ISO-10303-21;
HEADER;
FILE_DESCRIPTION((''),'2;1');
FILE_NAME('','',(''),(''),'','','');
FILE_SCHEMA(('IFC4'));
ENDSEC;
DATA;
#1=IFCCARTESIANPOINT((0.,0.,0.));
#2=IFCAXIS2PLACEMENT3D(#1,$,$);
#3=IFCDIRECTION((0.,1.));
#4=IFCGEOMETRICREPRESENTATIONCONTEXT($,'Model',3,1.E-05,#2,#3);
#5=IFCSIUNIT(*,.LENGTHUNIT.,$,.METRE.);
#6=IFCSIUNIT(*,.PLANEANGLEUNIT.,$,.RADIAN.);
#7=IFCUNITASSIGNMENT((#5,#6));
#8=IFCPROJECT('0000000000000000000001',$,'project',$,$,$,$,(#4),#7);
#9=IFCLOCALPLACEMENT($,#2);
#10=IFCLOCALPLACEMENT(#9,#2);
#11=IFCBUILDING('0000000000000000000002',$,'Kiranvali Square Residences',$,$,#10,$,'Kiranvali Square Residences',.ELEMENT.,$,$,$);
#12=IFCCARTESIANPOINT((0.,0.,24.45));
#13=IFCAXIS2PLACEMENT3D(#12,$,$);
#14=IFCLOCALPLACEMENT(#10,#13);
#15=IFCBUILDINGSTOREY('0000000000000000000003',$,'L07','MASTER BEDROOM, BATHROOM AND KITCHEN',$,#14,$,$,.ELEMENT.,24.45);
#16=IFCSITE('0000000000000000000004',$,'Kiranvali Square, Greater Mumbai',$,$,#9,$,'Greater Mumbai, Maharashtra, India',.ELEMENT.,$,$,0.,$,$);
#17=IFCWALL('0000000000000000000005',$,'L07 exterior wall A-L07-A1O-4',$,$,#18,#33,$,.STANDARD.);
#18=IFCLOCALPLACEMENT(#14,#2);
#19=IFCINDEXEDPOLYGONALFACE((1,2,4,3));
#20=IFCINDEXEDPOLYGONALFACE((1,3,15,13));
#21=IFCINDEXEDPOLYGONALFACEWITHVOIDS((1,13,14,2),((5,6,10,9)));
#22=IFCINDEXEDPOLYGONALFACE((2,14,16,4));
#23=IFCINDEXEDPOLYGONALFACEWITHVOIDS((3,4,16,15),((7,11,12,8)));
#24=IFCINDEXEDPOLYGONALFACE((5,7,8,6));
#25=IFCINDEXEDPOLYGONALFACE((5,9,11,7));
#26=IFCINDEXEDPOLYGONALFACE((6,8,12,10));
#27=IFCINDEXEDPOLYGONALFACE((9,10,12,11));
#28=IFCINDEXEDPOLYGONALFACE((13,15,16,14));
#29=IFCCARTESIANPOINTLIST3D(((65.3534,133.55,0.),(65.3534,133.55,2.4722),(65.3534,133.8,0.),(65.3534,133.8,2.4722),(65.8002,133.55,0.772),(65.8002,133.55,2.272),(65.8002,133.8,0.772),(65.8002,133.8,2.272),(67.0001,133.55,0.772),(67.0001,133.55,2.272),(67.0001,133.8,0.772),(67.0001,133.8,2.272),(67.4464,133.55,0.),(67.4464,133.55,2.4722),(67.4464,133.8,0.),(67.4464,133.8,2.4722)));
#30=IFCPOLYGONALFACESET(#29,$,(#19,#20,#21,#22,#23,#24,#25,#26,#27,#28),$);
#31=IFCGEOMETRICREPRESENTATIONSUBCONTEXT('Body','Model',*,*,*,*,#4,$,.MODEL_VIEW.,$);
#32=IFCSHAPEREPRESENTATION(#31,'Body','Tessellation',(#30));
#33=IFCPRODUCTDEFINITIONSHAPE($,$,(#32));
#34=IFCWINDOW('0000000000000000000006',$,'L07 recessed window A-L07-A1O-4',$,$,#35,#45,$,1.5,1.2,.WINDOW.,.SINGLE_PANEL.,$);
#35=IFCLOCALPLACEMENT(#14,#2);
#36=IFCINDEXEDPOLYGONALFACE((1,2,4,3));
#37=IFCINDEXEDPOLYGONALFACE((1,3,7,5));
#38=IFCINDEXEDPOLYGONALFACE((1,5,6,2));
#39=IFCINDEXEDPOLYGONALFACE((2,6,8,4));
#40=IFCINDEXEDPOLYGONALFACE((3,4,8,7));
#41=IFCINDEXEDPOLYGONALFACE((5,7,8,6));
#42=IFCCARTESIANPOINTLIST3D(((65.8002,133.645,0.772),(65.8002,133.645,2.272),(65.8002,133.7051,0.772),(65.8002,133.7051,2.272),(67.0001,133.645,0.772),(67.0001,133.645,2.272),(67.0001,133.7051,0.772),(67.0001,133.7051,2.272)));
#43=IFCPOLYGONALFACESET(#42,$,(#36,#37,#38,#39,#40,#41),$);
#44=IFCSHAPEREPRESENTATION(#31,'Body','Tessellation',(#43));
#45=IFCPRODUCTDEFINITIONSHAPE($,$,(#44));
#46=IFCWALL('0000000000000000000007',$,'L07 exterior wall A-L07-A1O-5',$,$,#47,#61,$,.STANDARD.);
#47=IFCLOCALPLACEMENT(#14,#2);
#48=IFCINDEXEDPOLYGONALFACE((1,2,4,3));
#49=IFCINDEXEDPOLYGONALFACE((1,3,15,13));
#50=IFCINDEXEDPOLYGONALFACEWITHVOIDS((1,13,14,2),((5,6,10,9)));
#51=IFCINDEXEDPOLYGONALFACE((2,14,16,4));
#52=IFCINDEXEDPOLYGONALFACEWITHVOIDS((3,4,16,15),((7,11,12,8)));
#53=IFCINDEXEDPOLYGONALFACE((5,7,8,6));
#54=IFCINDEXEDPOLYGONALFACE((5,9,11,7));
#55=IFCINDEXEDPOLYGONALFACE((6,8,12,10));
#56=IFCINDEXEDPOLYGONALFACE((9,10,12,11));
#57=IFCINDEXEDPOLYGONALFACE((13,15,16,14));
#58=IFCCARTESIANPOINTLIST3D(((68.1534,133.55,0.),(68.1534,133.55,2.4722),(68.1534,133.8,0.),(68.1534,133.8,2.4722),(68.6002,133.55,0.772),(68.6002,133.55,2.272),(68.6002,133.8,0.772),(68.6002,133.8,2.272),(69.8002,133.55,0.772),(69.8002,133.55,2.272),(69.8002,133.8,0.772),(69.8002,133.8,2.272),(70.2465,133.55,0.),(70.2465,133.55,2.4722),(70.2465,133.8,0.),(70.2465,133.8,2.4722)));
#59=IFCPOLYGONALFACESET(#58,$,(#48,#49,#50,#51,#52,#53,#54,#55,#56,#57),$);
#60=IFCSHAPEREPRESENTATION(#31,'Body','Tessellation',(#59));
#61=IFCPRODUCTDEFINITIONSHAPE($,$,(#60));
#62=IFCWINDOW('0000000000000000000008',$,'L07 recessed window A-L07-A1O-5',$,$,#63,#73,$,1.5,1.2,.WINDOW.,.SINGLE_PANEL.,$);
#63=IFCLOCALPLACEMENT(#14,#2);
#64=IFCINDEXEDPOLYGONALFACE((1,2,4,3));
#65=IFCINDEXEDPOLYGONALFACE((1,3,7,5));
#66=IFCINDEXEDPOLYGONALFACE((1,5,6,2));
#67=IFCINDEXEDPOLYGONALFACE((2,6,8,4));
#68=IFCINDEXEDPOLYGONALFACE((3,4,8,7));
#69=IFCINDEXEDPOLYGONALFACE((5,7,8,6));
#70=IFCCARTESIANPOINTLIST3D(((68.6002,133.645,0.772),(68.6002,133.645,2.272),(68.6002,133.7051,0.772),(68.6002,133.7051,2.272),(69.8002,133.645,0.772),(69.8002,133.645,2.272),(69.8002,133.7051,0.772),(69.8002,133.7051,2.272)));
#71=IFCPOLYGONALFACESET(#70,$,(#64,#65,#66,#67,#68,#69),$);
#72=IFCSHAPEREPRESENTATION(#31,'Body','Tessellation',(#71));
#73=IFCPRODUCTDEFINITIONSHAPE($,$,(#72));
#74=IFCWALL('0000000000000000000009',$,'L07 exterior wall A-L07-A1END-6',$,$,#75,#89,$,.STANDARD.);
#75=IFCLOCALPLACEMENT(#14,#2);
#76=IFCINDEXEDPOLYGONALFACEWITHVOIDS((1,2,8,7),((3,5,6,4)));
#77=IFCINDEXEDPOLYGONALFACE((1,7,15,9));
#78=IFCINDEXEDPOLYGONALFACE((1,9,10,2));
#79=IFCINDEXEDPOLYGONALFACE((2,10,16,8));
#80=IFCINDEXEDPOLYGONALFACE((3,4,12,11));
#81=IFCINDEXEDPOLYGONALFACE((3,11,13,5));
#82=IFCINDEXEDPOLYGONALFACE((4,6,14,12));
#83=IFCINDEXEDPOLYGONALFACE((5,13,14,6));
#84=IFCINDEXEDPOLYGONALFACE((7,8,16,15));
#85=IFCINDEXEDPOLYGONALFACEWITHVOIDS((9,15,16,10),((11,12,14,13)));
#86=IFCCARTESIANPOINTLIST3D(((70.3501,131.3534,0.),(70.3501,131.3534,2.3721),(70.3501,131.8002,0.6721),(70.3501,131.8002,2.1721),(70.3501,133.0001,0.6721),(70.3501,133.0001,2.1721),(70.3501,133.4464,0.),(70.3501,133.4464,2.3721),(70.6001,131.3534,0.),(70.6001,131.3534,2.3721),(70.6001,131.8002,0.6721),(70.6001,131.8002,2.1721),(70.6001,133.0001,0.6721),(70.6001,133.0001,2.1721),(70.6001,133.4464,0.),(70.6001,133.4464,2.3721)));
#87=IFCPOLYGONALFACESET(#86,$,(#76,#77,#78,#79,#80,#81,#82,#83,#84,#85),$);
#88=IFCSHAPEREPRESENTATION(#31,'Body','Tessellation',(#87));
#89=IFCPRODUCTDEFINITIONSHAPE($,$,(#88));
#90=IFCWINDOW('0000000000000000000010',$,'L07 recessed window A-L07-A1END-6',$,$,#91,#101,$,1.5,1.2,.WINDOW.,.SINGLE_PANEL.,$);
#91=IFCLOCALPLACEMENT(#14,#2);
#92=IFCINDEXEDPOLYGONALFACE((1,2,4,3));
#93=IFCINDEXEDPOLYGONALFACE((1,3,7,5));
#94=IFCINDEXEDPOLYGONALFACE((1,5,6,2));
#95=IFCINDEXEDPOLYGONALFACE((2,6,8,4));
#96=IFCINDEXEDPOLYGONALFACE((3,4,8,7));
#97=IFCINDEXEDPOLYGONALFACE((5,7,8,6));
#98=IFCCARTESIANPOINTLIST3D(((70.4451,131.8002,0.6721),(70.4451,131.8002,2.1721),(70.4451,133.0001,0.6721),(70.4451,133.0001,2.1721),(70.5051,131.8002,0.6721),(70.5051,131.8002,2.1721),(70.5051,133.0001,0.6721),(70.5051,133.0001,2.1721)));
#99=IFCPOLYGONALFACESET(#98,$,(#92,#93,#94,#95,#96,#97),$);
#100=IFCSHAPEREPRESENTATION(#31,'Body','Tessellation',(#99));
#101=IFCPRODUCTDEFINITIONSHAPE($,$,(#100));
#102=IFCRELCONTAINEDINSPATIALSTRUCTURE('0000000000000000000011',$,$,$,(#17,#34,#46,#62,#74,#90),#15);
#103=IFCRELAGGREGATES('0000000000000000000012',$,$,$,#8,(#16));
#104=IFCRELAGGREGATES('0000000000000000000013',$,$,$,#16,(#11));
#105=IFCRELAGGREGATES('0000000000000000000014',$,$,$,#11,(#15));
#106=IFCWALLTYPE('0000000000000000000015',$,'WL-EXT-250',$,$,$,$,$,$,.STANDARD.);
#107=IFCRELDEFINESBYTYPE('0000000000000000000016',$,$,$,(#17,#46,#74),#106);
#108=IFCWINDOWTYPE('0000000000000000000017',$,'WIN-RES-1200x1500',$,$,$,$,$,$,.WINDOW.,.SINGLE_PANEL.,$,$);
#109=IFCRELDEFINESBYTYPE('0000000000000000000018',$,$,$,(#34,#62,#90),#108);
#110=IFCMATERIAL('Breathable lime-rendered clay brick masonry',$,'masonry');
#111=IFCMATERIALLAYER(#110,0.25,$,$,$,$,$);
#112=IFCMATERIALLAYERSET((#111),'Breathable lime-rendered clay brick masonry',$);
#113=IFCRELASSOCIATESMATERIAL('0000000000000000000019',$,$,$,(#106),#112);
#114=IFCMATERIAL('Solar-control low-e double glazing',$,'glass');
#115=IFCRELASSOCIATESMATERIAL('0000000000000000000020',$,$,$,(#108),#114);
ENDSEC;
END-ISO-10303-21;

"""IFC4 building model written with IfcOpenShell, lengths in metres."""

from ifc_helpers import new_model, si_unit, direction, frame, frame_2d, origin, place, context, subcontext, project, spatial, rectangle, extrude, material, layer, layer_set, type_object, element, fill, save


model = new_model("IFC4")

# Units and contexts
model_context = context("Model", 3, precision=1e-05, world=origin(), true_north=direction((0.0, 1.0)))
body_context = subcontext(model_context, "Body", "Model", "MODEL_VIEW")
ifc_project = project(units=[si_unit("LENGTHUNIT", "METRE"), si_unit("PLANEANGLEUNIT", "RADIAN")], contexts=[model_context])

# Site, building, storey
site_placement = place(None, origin())
site = spatial("IfcSite", under=ifc_project, at=site_placement, Name="Kiranvali Square, Greater Mumbai", LongName="Greater Mumbai, Maharashtra, India", CompositionType="ELEMENT", RefElevation=0.0)
building_placement = place(site_placement, origin())
building = spatial("IfcBuilding", under=site, at=building_placement, Name="Kiranvali Square Residences", LongName="Kiranvali Square Residences", CompositionType="ELEMENT")
storey_placement = place(building_placement, frame((0.0, 0.0, 24.45)))
storey = spatial("IfcBuildingStorey", under=building, at=storey_placement, Name="L07", Description="MASTER BEDROOM, BATHROOM AND KITCHEN", CompositionType="ELEMENT", Elevation=24.45)

# Walls, openings, windows
ifc_material_1 = material(Name="Breathable lime-rendered clay brick masonry", Category="masonry")
ifc_layer = layer(ifc_material_1, 0.25)
ifc_layer_set = layer_set([ifc_layer], Name="Breathable lime-rendered clay brick masonry")
wall_type = type_object("IfcWallType", Name="WL-EXT-250", PredefinedType="STANDARD", material=ifc_layer_set)
ifc_material_2 = material(Name="Solar-control low-e double glazing", Category="glass")
wall_1_placement = place(storey_placement, frame((65.3535, 133.675, 0.0), z_axis=(0.0, 0.0, 1.0), x_axis=(1.0, 0.0, 0.0)))
wall_1 = element("IfcWall", 1, at=wall_1_placement, inside=storey, type_object=wall_type, Name="L07 exterior wall A-L07-A1O-4", PredefinedType="STANDARD", context=body_context, shape_type="SweptSolid", body=[
    extrude(rectangle(XDim=2.093, YDim=0.25, at=frame_2d((1.0464, 0.0))), origin(), (0.0, 0.0, 1.0), 2.4722),
])
opening_1_placement = place(wall_1_placement, frame((0.4465, 0.0, 0.772)))
opening_1 = element("IfcOpeningElement", 2, at=opening_1_placement, cuts=wall_1, PredefinedType="OPENING", context=body_context, shape_type="SweptSolid", body=[
    extrude(rectangle(XDim=1.2, YDim=1.5, at=frame_2d((0.6001, 0.75))), frame((0.0, 0.135, 0.0), z_axis=(0.0, -1.0, 0.0), x_axis=(1.0, 0.0, 0.0)), (0.0, 0.0, 1.0), 0.27),
])
window_type_1 = type_object("IfcWindowType", Name="WIN-RES-1200x1500", PartitioningType="SINGLE_PANEL", PredefinedType="WINDOW", material=ifc_material_2)
window_1_placement = place(opening_1_placement, origin())
window_1 = element("IfcWindow", 3, at=window_1_placement, inside=storey, type_object=window_type_1, Name="L07 recessed window A-L07-A1O-4", OverallHeight=1.5, OverallWidth=1.2, PartitioningType="SINGLE_PANEL", PredefinedType="WINDOW", context=body_context, shape_type="SweptSolid", body=[
    extrude(rectangle(XDim=1.2, YDim=1.5, at=frame_2d((0.6001, 0.75))), frame((0.0, 0.03, 0.0), z_axis=(0.0, -1.0, 0.0), x_axis=(1.0, 0.0, 0.0)), (0.0, 0.0, 1.0), 0.0601),
])
fill(opening_1, window_1)
wall_2_placement = place(storey_placement, frame((68.1536, 133.675, 0.0), z_axis=(0.0, 0.0, 1.0), x_axis=(1.0, 0.0, 0.0)))
wall_2 = element("IfcWall", 4, at=wall_2_placement, inside=storey, type_object=wall_type, Name="L07 exterior wall A-L07-A1O-5", PredefinedType="STANDARD", context=body_context, shape_type="SweptSolid", body=[
    extrude(rectangle(XDim=2.093, YDim=0.25, at=frame_2d((1.0464, 0.0))), origin(), (0.0, 0.0, 1.0), 2.4722),
])
opening_2_placement = place(wall_2_placement, frame((0.4465, 0.0, 0.772)))
opening_2 = element("IfcOpeningElement", 5, at=opening_2_placement, cuts=wall_2, PredefinedType="OPENING", context=body_context, shape_type="SweptSolid", body=[
    extrude(rectangle(XDim=1.2, YDim=1.5, at=frame_2d((0.6001, 0.75))), frame((0.0, 0.135, 0.0), z_axis=(0.0, -1.0, 0.0), x_axis=(1.0, 0.0, 0.0)), (0.0, 0.0, 1.0), 0.27),
])
window_2_placement = place(opening_2_placement, origin())
window_2 = element("IfcWindow", 6, at=window_2_placement, inside=storey, type_object=window_type_1, Name="L07 recessed window A-L07-A1O-5", OverallHeight=1.5, OverallWidth=1.2, PartitioningType="SINGLE_PANEL", PredefinedType="WINDOW", context=body_context, shape_type="SweptSolid", body=[
    extrude(rectangle(XDim=1.2, YDim=1.5, at=frame_2d((0.6001, 0.75))), frame((0.0, 0.03, 0.0), z_axis=(0.0, -1.0, 0.0), x_axis=(1.0, 0.0, 0.0)), (0.0, 0.0, 1.0), 0.0601),
])
fill(opening_2, window_2)
wall_3_placement = place(storey_placement, frame((70.4751, 131.3535, 0.0), z_axis=(0.0, 0.0, 1.0), x_axis=(0.0, 1.0, 0.0)))
wall_3 = element("IfcWall", 7, at=wall_3_placement, inside=storey, type_object=wall_type, Name="L07 exterior wall A-L07-A1END-6", PredefinedType="STANDARD", context=body_context, shape_type="SweptSolid", body=[
    extrude(rectangle(XDim=2.093, YDim=0.25, at=frame_2d((1.0464, 0.0))), origin(), (0.0, 0.0, 1.0), 2.3721),
])
opening_3_placement = place(wall_3_placement, frame((0.4465, 0.0, 0.6721)))
opening_3 = element("IfcOpeningElement", 8, at=opening_3_placement, cuts=wall_3, PredefinedType="OPENING", context=body_context, shape_type="SweptSolid", body=[
    extrude(rectangle(XDim=1.2, YDim=1.5, at=frame_2d((0.6001, 0.75))), frame((0.0, 0.135, 0.0), z_axis=(0.0, -1.0, 0.0), x_axis=(1.0, 0.0, 0.0)), (0.0, 0.0, 1.0), 0.27),
])
window_3_placement = place(opening_3_placement, origin())
window_3 = element("IfcWindow", 9, at=window_3_placement, inside=storey, type_object=window_type_1, Name="L07 recessed window A-L07-A1END-6", OverallHeight=1.5, OverallWidth=1.2, PartitioningType="SINGLE_PANEL", PredefinedType="WINDOW", context=body_context, shape_type="SweptSolid", body=[
    extrude(rectangle(XDim=1.2, YDim=1.5, at=frame_2d((0.6001, 0.75))), frame((0.0, 0.03, 0.0), z_axis=(0.0, -1.0, 0.0), x_axis=(1.0, 0.0, 0.0)), (0.0, 0.0, 1.0), 0.0601),
])
fill(opening_3, window_3)

save(model, "model.ifc")
